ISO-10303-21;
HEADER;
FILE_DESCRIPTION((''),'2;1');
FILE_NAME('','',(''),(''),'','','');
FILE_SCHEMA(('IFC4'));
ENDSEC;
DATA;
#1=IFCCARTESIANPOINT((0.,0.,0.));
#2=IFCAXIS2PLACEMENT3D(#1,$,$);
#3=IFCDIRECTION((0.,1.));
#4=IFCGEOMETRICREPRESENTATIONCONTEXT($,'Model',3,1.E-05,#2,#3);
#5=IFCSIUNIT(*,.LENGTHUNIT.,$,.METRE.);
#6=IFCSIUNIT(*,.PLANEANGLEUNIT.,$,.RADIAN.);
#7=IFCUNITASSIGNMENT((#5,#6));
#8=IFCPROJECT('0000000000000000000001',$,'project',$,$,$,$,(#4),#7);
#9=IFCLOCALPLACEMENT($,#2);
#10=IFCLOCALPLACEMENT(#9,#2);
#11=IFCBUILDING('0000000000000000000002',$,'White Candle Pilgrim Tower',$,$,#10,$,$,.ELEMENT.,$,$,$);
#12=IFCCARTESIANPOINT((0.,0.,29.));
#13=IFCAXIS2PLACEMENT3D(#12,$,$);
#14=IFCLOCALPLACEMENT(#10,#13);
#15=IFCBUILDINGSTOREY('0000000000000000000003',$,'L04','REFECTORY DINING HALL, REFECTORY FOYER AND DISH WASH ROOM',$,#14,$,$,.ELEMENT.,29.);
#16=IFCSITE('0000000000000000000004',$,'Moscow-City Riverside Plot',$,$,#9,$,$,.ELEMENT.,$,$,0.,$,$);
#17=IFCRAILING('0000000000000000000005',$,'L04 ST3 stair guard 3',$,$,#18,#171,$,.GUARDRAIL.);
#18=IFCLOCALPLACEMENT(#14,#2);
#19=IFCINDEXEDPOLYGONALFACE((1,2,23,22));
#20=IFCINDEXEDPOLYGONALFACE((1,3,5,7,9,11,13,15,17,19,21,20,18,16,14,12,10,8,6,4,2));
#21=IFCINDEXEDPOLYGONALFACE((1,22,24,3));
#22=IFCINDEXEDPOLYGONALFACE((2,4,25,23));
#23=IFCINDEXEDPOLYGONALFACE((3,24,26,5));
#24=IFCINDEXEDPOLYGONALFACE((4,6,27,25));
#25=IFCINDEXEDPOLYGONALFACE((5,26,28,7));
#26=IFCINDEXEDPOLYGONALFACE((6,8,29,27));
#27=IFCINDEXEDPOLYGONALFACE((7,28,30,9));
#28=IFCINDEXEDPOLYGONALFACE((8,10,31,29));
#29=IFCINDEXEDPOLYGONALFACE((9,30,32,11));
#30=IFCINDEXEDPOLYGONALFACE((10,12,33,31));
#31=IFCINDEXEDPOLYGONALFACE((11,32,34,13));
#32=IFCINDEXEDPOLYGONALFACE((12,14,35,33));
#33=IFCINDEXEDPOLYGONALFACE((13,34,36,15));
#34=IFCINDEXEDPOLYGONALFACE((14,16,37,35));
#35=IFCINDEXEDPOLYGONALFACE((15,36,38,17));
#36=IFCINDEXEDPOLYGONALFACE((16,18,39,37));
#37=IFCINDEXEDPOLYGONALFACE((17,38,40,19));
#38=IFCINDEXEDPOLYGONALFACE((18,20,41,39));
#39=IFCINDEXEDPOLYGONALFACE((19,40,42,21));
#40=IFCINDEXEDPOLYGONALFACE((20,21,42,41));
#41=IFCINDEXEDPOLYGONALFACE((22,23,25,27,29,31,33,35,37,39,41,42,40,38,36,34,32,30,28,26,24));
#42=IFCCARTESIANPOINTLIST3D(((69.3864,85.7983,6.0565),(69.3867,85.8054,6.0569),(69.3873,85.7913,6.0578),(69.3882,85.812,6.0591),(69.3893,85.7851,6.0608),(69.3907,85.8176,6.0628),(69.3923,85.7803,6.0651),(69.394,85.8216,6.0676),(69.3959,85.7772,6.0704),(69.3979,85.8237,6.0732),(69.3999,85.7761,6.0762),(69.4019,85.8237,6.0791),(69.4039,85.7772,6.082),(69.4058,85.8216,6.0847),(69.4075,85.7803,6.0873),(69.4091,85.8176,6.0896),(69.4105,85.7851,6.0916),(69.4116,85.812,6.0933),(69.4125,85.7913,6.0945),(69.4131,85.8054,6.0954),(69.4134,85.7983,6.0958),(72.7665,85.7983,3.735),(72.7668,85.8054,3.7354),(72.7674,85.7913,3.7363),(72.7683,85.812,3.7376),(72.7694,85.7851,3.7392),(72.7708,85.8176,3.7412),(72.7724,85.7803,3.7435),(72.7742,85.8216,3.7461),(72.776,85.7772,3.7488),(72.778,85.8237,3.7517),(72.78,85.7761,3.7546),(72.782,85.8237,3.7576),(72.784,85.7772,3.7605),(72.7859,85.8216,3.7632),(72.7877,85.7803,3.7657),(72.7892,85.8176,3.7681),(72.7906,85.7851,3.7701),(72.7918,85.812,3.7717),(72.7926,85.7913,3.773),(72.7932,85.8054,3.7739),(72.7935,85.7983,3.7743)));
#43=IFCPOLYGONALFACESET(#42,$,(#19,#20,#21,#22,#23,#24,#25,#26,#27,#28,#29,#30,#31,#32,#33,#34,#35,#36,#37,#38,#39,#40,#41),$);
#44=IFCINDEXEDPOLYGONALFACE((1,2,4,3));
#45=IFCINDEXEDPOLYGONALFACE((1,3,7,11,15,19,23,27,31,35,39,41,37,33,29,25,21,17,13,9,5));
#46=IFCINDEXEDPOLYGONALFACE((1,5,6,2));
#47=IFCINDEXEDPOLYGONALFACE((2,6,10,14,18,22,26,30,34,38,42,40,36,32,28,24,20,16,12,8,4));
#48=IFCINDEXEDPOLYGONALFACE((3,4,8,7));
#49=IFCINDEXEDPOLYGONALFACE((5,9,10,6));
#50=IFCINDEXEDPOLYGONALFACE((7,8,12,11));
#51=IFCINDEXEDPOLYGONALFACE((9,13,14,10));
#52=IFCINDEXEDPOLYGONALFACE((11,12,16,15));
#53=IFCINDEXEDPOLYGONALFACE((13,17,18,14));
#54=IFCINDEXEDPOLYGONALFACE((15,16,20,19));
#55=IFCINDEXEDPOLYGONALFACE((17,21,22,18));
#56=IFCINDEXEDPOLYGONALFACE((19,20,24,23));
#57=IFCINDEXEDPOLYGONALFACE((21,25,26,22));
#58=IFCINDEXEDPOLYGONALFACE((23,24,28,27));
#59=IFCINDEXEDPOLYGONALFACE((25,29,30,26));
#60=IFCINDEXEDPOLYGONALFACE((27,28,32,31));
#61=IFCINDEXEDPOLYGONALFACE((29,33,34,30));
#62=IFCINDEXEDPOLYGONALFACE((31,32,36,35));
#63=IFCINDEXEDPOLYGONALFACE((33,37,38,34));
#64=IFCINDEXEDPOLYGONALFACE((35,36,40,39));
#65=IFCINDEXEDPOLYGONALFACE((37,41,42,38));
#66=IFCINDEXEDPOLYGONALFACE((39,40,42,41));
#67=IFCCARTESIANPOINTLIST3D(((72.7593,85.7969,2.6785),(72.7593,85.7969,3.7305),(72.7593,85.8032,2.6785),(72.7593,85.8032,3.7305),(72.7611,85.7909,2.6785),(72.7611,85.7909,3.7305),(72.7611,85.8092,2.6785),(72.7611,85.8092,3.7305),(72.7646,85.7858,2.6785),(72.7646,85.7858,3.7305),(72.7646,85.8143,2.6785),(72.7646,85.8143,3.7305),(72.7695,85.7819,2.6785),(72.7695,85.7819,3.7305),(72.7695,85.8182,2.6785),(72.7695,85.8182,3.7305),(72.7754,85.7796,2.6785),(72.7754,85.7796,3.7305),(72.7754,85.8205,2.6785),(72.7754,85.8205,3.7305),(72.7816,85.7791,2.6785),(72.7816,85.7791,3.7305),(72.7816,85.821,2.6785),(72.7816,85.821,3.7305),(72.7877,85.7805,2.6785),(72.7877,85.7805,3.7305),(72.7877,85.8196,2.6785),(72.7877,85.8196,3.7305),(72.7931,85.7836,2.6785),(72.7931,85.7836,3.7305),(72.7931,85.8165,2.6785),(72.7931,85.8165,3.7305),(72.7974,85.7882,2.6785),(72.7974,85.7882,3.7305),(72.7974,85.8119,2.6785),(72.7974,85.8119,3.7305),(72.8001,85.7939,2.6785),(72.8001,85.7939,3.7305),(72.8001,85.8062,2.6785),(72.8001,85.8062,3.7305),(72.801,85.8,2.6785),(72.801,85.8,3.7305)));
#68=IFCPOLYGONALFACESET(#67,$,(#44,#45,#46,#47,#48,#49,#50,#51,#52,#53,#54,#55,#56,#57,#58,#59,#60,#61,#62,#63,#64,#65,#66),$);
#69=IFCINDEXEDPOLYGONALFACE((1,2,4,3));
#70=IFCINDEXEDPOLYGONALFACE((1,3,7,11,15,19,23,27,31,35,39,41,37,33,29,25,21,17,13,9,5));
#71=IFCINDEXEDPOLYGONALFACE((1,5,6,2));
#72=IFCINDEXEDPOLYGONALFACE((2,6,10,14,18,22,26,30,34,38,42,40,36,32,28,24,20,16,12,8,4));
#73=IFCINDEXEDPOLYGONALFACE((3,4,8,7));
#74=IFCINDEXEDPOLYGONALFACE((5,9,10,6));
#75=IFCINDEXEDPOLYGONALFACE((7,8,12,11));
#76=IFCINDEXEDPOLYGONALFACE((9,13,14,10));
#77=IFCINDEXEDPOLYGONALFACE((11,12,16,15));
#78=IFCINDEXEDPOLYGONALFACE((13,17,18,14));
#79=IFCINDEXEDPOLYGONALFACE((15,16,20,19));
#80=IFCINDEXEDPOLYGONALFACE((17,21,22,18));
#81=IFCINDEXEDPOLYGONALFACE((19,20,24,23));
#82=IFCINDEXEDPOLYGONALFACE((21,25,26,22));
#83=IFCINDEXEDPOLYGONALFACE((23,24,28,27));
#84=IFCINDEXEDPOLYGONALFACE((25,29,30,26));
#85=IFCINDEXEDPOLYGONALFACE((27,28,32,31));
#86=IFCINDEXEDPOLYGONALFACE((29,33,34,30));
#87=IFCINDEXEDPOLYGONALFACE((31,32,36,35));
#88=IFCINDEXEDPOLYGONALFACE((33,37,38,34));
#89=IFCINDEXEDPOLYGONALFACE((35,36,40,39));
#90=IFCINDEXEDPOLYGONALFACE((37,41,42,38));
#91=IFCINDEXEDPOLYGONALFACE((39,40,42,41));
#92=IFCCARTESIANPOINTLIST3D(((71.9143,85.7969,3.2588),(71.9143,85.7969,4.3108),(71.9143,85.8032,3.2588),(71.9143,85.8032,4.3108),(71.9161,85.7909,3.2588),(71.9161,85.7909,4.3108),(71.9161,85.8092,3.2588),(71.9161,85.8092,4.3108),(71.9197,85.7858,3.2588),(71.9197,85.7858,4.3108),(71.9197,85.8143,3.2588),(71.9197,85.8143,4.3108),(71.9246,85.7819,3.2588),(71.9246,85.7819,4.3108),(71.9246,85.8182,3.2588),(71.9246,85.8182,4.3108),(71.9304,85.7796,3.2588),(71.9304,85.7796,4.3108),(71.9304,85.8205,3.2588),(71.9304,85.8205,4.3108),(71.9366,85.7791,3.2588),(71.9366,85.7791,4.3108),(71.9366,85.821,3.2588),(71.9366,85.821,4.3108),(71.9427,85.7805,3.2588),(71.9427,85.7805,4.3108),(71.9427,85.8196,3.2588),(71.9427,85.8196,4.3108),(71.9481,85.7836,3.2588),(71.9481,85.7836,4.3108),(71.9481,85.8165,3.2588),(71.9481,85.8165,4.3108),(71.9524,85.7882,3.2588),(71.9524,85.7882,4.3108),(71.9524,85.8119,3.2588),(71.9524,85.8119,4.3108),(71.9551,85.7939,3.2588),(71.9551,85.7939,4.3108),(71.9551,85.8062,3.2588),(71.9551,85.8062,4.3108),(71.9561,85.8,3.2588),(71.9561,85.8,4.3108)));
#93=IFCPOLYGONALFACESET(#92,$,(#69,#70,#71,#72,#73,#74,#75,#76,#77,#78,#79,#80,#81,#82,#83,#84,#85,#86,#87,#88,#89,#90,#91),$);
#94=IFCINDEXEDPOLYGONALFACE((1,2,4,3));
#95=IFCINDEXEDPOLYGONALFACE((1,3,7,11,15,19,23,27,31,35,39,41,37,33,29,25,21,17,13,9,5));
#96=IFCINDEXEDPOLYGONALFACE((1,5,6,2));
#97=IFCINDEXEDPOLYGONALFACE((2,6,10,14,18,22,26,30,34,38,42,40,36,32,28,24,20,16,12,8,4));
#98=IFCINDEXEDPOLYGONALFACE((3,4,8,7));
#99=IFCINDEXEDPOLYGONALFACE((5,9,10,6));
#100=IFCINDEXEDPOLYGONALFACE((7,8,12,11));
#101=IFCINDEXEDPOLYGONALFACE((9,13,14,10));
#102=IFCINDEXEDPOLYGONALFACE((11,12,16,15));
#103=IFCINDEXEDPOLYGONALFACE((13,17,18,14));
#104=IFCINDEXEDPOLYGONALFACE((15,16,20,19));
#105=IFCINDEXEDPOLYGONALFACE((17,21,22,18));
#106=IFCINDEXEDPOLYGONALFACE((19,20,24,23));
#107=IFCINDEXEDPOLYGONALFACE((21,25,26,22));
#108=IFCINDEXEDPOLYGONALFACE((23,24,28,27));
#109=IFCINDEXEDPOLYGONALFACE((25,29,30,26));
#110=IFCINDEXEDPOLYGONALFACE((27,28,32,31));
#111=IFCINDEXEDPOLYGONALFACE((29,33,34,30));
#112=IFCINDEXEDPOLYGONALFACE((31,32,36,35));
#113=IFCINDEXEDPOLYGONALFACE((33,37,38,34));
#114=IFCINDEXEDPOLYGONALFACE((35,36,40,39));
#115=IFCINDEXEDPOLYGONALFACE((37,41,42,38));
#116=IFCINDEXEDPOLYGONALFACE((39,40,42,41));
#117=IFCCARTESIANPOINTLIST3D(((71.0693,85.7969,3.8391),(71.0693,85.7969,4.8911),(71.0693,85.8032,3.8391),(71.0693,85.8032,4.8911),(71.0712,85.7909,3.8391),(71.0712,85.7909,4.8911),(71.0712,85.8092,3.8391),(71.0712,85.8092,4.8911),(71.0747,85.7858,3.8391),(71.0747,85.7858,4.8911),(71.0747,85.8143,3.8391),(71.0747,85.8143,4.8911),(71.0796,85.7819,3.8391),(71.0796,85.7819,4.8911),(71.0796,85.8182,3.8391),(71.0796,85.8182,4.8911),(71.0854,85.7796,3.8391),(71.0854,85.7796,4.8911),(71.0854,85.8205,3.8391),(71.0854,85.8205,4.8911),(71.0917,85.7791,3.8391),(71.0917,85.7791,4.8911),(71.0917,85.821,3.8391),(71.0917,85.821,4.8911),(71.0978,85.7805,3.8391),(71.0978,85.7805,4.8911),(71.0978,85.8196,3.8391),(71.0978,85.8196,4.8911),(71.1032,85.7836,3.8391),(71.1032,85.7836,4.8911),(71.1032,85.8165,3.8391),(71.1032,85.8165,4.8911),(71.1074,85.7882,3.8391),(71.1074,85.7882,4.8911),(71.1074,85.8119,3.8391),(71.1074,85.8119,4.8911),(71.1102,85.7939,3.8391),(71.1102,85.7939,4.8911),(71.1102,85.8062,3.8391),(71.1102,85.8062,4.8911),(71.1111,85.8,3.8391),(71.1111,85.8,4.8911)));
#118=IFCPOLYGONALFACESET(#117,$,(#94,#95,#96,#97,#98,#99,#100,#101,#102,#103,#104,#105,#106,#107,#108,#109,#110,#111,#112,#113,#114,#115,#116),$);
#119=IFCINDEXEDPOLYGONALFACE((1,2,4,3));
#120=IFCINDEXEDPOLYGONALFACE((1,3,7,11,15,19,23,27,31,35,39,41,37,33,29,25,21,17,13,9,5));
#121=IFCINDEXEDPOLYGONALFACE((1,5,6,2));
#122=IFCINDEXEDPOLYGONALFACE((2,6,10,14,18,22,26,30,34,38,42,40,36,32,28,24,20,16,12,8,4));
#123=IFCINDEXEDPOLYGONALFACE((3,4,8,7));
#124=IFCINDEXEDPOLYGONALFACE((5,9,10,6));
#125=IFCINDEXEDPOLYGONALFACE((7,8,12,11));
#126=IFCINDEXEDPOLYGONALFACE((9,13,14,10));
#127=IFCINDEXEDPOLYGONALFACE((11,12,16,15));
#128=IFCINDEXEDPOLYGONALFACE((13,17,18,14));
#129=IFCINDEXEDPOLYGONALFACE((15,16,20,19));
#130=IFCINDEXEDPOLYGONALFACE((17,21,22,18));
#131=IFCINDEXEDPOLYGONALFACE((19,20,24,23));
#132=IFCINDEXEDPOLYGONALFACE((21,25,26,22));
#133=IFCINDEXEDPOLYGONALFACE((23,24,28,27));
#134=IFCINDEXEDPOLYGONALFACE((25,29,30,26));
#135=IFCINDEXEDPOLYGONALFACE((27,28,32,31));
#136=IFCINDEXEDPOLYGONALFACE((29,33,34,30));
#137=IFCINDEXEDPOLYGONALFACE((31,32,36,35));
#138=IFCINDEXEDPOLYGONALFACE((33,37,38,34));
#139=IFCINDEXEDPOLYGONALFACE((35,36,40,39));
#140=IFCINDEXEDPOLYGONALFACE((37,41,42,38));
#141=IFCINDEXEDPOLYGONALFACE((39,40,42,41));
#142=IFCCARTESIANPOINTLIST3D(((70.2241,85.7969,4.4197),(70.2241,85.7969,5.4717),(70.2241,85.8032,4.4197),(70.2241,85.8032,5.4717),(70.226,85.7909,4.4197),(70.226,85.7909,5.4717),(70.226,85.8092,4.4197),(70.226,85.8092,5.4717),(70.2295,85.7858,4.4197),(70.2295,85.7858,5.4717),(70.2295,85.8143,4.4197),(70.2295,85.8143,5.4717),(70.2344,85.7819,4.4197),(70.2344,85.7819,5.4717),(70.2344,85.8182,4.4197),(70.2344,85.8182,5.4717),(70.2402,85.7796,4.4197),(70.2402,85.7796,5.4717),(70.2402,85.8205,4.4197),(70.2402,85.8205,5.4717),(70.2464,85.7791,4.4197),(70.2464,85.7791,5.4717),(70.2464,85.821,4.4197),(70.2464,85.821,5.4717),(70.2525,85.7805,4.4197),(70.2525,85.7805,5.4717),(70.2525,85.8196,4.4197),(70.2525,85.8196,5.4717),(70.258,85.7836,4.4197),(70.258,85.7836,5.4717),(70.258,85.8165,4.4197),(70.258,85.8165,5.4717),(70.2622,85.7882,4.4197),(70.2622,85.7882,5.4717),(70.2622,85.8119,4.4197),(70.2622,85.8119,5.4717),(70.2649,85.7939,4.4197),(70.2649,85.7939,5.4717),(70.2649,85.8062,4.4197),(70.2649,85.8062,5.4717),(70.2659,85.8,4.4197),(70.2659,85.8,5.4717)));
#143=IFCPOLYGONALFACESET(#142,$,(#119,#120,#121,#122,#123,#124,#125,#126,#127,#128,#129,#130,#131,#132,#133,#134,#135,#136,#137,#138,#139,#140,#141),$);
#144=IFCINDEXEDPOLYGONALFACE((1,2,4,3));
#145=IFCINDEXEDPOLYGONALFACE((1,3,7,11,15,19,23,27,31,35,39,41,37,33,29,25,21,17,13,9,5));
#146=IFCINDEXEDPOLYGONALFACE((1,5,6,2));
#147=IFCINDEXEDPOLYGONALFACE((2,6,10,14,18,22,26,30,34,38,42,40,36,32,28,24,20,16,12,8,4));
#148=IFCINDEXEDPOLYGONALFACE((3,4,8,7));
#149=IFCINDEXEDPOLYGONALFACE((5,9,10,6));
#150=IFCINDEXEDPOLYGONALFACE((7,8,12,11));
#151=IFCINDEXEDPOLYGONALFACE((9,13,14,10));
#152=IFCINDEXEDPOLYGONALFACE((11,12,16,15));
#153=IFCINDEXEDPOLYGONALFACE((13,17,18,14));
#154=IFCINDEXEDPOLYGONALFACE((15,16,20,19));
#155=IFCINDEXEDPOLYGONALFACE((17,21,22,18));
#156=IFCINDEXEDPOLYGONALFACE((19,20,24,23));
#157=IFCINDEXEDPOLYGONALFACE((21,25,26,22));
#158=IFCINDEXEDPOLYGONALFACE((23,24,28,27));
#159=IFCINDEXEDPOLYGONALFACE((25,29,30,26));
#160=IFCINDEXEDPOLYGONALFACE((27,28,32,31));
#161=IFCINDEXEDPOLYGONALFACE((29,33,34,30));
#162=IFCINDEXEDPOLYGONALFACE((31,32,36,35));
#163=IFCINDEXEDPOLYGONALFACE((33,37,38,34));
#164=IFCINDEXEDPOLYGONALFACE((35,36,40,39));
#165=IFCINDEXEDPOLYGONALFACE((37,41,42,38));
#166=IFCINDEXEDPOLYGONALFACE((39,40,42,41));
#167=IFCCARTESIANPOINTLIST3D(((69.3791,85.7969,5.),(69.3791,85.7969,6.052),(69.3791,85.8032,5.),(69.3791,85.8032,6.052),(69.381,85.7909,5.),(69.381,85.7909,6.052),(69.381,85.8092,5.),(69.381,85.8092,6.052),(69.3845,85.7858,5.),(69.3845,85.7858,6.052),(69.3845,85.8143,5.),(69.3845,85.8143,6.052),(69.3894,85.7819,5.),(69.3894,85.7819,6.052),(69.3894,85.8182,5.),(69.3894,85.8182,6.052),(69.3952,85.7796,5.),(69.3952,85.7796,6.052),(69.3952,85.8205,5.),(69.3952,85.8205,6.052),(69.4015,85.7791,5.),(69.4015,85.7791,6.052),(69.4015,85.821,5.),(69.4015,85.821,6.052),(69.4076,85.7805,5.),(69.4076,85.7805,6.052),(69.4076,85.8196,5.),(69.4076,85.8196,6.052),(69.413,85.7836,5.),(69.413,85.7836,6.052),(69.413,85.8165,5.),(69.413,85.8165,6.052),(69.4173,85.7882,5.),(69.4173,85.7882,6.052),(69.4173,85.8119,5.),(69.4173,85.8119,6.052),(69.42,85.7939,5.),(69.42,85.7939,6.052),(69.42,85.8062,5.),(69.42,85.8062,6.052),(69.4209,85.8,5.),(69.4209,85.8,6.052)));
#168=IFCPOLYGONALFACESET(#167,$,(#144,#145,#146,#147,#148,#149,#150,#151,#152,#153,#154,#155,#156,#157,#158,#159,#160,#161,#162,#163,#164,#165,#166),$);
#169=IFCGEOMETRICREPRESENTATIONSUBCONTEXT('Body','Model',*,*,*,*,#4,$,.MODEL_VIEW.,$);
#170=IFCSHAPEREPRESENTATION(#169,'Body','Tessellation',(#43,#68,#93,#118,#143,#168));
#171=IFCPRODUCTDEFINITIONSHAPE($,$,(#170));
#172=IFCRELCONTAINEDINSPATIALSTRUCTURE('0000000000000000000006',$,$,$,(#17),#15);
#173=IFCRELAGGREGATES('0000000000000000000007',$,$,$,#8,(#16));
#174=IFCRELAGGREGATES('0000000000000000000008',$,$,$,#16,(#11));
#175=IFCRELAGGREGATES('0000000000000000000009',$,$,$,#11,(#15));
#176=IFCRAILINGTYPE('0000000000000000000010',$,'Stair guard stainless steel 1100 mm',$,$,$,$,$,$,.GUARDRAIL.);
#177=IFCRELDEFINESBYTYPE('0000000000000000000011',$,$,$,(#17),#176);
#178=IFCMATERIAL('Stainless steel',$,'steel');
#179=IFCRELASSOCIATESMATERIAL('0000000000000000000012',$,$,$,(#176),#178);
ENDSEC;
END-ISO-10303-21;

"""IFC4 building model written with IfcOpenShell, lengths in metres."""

from ifc_helpers import new_model, si_unit, direction, frame, origin, origin_2d, place, context, subcontext, project, spatial, circle, extrude, material, type_object, element, save


model = new_model("IFC4")

# Units and contexts
model_context = context("Model", 3, precision=1e-05, world=origin(), true_north=direction((0.0, 1.0)))
body_context = subcontext(model_context, "Body", "Model", "MODEL_VIEW")
ifc_project = project(units=[si_unit("LENGTHUNIT", "METRE"), si_unit("PLANEANGLEUNIT", "RADIAN")], contexts=[model_context])

# Site, building, storey
site_placement = place(None, origin())
site = spatial("IfcSite", under=ifc_project, at=site_placement, Name="Moscow-City Riverside Plot", CompositionType="ELEMENT", RefElevation=0.0)
building_placement = place(site_placement, origin())
building = spatial("IfcBuilding", under=site, at=building_placement, Name="White Candle Pilgrim Tower", CompositionType="ELEMENT")
storey_placement = place(building_placement, frame((0.0, 0.0, 29.0)))
storey = spatial("IfcBuildingStorey", under=building, at=storey_placement, Name="L04", Description="REFECTORY DINING HALL, REFECTORY FOYER AND DISH WASH ROOM", CompositionType="ELEMENT", Elevation=29.0)

# Railing
ifc_material_1 = material(Name="Stainless steel", Category="steel")
railing_type_1 = type_object("IfcRailingType", Name="Stair guard stainless steel 1100 mm", PredefinedType="GUARDRAIL", material=ifc_material_1)
railing_1_placement = place(storey_placement, frame((72.78, 85.8, 2.6785)))
element("IfcRailing", 1, at=railing_1_placement, inside=storey, type_object=railing_type_1, Name="L04 ST3 stair guard 3", PredefinedType="GUARDRAIL", context=body_context, shape_type="SweptSolid", body=[
    extrude(circle(Radius=0.0239, at=origin_2d()), frame((0.0, 0.0, 1.0762), z_axis=(-0.824304, 0.0, 0.566147), x_axis=(0.0, -1.0, 0.0)), (0.0, 0.0, 1.0), 4.1006),
    extrude(circle(Radius=0.021, at=origin_2d()), origin(), (0.0, 0.0, 1.0), 1.052),
    extrude(circle(Radius=0.021, at=origin_2d()), frame((-0.845, 0.0, 0.5803)), (0.0, 0.0, 1.0), 1.052),
    extrude(circle(Radius=0.021, at=origin_2d()), frame((-1.6899, 0.0, 1.1606)), (0.0, 0.0, 1.0), 1.052),
    extrude(circle(Radius=0.021, at=origin_2d()), frame((-2.5352, 0.0, 1.7412)), (0.0, 0.0, 1.0), 1.052),
    extrude(circle(Radius=0.021, at=origin_2d()), frame((-3.3801, 0.0, 2.3215)), (0.0, 0.0, 1.0), 1.052),
])

save(model, "model.ifc")
